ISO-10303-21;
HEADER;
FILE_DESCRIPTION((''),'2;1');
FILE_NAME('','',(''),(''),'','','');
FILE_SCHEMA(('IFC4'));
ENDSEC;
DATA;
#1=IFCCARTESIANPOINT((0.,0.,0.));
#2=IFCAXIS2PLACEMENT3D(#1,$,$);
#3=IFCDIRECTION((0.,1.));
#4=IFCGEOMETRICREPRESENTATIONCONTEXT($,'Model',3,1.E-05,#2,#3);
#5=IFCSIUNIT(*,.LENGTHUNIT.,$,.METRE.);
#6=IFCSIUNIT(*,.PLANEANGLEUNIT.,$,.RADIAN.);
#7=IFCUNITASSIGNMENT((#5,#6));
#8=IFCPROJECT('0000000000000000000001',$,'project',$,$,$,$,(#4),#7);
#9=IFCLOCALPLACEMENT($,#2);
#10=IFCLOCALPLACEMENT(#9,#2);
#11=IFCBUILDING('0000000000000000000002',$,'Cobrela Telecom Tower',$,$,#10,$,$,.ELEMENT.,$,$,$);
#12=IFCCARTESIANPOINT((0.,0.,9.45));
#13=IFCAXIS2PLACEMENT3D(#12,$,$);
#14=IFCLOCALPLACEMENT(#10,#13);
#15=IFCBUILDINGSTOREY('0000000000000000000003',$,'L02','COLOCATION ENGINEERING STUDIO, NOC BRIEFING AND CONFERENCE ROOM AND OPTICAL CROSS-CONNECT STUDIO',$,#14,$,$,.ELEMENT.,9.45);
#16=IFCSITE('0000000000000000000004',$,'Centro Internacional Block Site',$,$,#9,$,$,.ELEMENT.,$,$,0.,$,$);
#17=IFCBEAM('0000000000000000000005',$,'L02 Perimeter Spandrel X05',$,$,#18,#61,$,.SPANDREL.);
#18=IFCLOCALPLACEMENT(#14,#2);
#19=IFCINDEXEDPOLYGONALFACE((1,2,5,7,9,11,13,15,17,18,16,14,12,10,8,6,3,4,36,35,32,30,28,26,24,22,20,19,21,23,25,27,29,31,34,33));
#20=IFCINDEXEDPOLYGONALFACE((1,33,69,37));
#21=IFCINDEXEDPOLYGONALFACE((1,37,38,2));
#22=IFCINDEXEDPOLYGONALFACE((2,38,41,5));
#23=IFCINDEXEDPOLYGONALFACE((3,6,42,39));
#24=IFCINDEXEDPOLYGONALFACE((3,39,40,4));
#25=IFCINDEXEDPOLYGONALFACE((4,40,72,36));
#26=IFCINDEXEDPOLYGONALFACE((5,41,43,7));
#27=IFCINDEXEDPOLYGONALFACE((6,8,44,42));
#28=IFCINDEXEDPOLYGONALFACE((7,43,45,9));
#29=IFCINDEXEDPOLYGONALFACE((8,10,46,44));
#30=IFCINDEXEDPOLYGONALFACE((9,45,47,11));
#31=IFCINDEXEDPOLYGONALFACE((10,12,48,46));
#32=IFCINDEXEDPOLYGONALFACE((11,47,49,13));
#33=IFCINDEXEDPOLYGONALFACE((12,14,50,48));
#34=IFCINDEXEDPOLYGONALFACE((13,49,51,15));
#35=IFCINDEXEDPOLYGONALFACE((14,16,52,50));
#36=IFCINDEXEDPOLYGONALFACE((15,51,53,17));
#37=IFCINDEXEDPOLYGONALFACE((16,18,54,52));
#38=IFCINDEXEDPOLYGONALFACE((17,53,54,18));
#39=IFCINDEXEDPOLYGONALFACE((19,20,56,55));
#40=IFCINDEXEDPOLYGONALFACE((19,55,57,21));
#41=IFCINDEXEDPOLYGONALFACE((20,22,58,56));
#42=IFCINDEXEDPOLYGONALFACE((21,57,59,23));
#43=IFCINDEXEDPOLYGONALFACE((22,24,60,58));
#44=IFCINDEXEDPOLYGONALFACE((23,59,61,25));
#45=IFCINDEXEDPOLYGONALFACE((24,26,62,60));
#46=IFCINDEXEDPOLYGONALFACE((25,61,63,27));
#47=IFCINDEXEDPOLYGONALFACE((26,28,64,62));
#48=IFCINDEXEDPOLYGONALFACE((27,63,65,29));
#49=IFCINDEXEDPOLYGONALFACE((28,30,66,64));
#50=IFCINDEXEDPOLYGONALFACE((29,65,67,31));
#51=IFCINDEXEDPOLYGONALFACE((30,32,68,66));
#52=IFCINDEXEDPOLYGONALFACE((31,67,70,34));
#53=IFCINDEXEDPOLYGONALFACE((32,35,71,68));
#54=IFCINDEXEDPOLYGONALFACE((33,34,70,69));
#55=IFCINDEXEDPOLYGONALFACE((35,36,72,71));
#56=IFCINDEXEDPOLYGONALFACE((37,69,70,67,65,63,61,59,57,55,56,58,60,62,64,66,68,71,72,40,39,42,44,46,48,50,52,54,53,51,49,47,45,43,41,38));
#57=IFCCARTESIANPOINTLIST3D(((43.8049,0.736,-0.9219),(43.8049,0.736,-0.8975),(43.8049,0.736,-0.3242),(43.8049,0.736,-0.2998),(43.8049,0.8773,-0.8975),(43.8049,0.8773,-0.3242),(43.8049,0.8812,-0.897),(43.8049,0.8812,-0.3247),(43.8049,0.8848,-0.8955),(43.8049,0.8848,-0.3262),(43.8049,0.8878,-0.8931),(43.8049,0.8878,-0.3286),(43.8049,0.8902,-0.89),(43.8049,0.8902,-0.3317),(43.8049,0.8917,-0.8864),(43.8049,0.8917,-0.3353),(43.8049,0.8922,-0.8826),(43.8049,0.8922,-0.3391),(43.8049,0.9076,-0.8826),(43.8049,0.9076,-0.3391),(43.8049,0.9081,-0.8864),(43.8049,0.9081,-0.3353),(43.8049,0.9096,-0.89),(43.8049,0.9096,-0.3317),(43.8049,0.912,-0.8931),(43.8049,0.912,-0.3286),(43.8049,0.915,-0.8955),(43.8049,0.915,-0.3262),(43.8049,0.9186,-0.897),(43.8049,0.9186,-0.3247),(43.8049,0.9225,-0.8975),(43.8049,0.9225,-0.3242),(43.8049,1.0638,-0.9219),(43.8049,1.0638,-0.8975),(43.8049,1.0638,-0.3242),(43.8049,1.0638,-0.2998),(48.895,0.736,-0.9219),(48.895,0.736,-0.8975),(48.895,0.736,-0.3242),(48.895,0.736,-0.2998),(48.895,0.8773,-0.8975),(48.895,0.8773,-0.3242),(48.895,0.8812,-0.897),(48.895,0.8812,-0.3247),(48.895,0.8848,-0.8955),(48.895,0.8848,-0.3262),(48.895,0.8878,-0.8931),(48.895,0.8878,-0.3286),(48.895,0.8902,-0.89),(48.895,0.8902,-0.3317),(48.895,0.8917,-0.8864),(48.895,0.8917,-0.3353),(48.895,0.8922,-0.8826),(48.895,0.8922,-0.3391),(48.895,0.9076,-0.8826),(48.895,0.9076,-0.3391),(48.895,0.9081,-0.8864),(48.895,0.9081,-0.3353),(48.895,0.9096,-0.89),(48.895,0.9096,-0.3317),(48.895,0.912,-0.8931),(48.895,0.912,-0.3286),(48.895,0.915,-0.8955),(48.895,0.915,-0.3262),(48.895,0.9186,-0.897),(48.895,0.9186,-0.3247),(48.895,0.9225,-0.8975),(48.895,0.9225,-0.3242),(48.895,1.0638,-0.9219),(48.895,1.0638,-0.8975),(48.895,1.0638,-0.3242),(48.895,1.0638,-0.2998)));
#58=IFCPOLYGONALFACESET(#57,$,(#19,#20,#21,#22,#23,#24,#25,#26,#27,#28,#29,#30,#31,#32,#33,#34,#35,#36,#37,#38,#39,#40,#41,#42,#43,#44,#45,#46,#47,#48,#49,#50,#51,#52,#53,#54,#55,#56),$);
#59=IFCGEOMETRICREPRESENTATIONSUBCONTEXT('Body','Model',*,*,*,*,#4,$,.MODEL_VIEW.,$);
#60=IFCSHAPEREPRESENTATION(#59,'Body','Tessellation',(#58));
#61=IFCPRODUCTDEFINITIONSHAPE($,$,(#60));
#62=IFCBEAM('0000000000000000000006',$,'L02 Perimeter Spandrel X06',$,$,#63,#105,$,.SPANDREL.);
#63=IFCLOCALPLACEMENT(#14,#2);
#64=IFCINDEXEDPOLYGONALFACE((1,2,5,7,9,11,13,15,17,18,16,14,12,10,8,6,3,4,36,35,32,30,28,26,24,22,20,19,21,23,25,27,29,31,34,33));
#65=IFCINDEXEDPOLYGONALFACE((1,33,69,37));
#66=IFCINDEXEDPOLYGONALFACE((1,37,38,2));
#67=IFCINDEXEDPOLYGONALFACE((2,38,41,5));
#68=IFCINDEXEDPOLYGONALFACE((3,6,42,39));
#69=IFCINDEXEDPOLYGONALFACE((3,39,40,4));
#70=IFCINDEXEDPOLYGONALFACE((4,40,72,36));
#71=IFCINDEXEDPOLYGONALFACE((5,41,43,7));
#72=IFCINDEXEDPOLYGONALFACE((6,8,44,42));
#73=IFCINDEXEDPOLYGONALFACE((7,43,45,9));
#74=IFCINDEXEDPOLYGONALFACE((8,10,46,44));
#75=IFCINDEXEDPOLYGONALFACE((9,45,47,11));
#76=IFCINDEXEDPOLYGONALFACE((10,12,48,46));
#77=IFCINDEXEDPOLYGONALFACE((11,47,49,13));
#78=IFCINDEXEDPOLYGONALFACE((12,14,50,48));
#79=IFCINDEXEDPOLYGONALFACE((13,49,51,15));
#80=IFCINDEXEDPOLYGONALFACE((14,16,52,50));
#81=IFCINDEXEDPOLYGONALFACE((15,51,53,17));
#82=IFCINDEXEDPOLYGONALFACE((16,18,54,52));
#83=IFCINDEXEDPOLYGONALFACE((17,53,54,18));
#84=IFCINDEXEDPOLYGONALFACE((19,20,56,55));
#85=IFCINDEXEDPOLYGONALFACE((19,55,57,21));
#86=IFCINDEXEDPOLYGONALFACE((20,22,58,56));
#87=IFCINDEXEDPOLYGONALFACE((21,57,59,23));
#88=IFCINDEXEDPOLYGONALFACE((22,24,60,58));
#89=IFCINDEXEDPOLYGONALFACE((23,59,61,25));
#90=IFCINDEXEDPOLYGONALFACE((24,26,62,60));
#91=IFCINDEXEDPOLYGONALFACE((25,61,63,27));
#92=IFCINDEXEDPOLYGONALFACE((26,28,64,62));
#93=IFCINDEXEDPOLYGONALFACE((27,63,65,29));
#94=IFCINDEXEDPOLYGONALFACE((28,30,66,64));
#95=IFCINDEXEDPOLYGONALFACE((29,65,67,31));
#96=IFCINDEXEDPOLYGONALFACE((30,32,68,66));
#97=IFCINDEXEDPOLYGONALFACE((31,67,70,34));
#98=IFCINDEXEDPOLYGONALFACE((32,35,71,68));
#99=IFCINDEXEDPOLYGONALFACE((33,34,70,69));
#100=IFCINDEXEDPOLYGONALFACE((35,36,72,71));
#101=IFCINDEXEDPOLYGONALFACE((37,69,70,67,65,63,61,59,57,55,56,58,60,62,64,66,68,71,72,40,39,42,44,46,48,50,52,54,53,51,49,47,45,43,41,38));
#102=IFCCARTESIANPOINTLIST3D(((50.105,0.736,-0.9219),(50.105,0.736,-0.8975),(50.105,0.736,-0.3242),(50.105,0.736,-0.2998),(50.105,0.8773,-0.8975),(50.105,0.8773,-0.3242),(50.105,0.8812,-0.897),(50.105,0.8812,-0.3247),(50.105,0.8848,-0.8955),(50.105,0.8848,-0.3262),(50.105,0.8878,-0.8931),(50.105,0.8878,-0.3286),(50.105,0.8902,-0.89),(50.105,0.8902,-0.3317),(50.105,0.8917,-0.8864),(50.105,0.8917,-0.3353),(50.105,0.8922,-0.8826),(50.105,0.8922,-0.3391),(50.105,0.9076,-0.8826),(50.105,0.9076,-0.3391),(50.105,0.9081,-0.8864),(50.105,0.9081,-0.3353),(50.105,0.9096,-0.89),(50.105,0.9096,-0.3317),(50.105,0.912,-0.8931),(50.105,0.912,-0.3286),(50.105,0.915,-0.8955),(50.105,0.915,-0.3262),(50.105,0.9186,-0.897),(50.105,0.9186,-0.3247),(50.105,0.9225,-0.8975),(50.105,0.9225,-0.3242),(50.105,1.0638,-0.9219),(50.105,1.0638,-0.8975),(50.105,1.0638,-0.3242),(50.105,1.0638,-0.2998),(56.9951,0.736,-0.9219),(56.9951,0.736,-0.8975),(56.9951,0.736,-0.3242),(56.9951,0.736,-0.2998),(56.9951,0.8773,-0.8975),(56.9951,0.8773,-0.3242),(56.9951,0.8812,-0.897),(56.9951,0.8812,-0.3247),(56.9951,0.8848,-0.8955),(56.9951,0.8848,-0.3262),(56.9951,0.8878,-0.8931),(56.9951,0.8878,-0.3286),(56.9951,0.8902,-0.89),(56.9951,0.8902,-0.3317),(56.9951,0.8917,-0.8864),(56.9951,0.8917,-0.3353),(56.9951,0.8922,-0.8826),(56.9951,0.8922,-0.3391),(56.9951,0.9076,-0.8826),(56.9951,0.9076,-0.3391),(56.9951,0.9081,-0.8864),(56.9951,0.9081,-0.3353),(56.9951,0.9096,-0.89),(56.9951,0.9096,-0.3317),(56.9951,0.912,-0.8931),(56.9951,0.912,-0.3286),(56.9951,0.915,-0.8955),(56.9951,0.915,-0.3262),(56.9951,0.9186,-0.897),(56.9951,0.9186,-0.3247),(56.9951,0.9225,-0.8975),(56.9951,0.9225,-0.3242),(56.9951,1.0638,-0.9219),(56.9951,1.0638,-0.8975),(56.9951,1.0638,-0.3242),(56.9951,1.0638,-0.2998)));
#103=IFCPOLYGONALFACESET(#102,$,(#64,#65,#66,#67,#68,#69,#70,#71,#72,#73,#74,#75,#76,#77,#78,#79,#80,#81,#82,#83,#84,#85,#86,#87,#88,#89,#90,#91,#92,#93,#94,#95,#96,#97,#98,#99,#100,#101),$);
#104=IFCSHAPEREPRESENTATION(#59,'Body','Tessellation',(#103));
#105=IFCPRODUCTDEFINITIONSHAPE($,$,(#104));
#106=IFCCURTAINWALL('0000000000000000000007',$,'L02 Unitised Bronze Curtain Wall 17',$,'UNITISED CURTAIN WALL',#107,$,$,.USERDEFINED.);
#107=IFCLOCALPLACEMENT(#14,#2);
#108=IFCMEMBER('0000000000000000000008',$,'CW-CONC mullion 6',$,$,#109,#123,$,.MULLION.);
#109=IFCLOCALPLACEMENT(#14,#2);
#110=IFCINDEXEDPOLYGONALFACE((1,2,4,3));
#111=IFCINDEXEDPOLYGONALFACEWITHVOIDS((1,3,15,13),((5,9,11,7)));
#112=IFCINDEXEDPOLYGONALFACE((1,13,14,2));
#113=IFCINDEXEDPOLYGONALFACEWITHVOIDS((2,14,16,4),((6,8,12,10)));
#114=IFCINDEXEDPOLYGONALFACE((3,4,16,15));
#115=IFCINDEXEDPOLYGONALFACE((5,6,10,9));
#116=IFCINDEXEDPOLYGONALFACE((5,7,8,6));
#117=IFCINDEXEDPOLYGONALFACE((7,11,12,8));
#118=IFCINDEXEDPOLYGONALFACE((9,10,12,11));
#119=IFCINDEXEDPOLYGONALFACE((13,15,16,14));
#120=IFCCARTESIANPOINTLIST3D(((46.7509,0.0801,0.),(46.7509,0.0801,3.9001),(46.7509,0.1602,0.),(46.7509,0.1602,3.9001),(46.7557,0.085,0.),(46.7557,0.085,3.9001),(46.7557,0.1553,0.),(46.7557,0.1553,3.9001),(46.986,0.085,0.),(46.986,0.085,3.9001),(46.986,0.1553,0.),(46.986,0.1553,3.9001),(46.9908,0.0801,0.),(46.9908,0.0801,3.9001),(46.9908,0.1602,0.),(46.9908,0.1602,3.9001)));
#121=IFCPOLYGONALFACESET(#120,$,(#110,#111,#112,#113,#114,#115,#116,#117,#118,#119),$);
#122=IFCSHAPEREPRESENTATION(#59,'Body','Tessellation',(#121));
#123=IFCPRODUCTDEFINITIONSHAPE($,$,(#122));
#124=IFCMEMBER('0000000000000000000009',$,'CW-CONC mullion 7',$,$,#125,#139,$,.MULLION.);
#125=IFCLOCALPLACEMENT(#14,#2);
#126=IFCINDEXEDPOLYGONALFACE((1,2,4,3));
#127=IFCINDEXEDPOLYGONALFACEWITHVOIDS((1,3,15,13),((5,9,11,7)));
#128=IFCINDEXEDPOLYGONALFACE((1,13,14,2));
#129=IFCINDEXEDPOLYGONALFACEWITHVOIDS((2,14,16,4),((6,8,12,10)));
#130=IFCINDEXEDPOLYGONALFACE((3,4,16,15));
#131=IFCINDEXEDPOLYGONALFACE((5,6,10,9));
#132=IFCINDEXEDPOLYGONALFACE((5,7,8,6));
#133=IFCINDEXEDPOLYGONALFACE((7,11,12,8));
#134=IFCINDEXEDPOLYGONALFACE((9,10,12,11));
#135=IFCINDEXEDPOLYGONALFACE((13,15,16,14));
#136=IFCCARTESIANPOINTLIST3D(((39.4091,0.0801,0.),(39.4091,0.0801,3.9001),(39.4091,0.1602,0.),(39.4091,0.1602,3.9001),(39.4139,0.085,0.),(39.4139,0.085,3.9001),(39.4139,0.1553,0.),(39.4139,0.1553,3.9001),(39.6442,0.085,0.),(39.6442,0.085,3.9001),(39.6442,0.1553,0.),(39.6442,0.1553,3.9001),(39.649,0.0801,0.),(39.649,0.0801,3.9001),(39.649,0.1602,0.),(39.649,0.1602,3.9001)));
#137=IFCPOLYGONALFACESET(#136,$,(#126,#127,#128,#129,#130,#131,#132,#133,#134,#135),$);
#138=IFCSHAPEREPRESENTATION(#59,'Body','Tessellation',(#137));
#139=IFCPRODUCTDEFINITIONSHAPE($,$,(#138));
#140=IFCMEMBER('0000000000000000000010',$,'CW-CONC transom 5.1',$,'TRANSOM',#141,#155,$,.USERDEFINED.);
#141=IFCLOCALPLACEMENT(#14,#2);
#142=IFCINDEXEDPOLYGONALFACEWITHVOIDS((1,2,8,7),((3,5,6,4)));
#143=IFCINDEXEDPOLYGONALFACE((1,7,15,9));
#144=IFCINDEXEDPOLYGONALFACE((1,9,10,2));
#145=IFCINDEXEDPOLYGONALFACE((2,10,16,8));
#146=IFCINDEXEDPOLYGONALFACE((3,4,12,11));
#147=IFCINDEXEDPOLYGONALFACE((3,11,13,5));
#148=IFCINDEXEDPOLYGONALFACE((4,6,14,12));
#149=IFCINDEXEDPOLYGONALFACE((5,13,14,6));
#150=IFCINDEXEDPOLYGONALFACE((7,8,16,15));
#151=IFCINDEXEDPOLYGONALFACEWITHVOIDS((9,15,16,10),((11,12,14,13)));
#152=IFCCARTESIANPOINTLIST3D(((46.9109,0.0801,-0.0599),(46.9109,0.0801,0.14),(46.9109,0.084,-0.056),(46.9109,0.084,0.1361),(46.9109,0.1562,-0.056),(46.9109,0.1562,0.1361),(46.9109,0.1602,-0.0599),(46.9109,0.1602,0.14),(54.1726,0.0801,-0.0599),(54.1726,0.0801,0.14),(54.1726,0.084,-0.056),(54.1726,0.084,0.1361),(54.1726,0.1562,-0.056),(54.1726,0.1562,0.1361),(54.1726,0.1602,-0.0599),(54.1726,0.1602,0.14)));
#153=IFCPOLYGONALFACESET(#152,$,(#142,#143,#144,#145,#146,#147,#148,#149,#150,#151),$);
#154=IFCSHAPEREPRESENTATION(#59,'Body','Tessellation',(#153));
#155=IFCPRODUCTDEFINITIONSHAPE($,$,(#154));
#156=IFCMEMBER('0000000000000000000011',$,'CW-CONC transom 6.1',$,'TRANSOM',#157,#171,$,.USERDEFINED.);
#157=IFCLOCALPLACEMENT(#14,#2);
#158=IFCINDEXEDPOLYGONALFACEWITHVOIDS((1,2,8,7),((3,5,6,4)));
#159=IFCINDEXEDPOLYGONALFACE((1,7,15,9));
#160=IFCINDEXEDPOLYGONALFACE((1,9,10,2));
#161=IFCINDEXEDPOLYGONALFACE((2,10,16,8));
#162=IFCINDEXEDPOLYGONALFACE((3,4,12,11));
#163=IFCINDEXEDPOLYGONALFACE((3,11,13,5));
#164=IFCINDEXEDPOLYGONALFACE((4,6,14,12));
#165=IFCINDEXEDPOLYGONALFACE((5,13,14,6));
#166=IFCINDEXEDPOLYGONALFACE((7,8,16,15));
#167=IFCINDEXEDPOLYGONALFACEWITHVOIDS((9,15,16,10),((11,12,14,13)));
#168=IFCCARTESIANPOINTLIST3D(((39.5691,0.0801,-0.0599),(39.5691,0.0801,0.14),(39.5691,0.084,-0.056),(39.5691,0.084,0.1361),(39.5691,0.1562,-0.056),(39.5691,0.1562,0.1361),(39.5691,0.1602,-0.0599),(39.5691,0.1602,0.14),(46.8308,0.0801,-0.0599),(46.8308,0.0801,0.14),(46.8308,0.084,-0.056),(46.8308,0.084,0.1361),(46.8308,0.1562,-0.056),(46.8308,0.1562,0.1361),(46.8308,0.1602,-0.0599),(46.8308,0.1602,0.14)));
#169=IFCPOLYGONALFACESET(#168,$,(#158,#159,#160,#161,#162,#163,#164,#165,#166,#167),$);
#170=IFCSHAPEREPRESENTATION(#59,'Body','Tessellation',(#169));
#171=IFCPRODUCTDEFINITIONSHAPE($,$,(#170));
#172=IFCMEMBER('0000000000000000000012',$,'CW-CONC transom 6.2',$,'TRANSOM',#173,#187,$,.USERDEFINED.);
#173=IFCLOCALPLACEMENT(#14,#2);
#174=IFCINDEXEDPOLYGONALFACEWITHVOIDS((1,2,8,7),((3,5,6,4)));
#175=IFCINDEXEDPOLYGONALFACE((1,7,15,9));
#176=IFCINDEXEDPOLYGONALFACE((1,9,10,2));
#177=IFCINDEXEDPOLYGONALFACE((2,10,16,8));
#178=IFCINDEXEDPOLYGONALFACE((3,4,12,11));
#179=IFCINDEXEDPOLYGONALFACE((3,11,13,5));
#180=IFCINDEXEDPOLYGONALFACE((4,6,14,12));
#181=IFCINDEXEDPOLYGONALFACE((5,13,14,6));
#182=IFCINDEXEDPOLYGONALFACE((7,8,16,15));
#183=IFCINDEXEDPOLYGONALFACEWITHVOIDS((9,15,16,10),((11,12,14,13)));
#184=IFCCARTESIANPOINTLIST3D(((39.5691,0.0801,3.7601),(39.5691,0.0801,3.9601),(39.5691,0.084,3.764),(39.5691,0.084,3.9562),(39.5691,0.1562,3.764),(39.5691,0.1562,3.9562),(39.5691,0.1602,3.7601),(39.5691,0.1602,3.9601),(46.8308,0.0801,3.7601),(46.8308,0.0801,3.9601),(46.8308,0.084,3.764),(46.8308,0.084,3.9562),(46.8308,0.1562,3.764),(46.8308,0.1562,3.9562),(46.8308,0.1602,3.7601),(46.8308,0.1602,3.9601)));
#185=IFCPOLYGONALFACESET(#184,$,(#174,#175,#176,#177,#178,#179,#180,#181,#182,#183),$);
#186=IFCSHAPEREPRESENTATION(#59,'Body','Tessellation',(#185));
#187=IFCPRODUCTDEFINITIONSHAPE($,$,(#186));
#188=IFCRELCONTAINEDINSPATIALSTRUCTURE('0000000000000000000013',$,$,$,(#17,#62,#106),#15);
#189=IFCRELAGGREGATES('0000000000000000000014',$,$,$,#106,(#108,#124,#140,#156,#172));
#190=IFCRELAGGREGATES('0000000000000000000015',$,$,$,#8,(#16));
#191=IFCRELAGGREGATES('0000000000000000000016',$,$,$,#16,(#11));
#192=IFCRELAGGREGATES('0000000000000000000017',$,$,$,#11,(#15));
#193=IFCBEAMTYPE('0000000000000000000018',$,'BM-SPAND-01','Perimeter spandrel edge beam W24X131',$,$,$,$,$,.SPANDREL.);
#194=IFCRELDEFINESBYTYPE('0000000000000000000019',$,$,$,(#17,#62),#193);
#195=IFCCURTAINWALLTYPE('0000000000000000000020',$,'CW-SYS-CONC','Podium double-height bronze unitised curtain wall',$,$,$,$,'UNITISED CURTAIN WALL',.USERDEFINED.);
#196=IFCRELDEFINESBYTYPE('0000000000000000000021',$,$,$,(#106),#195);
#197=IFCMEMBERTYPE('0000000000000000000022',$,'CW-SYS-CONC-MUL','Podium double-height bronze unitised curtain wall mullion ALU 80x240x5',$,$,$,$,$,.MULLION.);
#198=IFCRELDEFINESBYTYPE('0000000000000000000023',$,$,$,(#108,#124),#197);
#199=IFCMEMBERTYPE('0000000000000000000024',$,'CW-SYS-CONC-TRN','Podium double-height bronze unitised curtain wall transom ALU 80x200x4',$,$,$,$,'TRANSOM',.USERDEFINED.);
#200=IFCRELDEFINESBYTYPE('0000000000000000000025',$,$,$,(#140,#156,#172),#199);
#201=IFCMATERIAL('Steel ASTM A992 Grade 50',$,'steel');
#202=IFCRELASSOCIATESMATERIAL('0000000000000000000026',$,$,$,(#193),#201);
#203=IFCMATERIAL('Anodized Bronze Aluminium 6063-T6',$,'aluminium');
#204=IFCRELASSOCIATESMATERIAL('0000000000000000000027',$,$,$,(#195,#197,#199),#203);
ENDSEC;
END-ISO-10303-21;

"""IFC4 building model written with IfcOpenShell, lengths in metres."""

from ifc_helpers import new_model, si_unit, direction, frame, origin, origin_2d, place, context, subcontext, project, spatial, hollow_rectangle, i_section, extrude, material, material_profile, profile_set, type_object, element, aggregate, save


model = new_model("IFC4")

# Units and contexts
model_context = context("Model", 3, precision=1e-05, world=origin(), true_north=direction((0.0, 1.0)))
body_context = subcontext(model_context, "Body", "Model", "MODEL_VIEW")
ifc_project = project(units=[si_unit("LENGTHUNIT", "METRE"), si_unit("PLANEANGLEUNIT", "RADIAN")], contexts=[model_context])

# Site, building, storey
site_placement = place(None, origin())
site = spatial("IfcSite", under=ifc_project, at=site_placement, Name="Centro Internacional Block Site", CompositionType="ELEMENT", RefElevation=0.0)
building_placement = place(site_placement, origin())
building = spatial("IfcBuilding", under=site, at=building_placement, Name="Cobrela Telecom Tower", CompositionType="ELEMENT")
storey_placement = place(building_placement, frame((0.0, 0.0, 9.45)))
storey = spatial("IfcBuildingStorey", under=building, at=storey_placement, Name="L02", Description="COLOCATION ENGINEERING STUDIO, NOC BRIEFING AND CONFERENCE ROOM AND OPTICAL CROSS-CONNECT STUDIO", CompositionType="ELEMENT", Elevation=9.45)

# Beams
ifc_material_1 = material(Name="Steel ASTM A992 Grade 50", Category="steel")
ifc_material_profile_1 = material_profile(ifc_material_1, i_section(OverallWidth=0.3279, OverallDepth=0.6221, WebThickness=0.0154, FlangeThickness=0.0244, FilletRadius=0.0149, at=origin_2d()), Name="W24X131")
ifc_profile_set_1 = profile_set([ifc_material_profile_1], Name="Steel ASTM A992 Grade 50")
beam_type_1 = type_object("IfcBeamType", Name="BM-SPAND-01", Description="Perimeter spandrel edge beam W24X131", PredefinedType="SPANDREL", material=ifc_profile_set_1)
beam_1_placement = place(storey_placement, frame((43.8049, 0.8999, -0.6108), z_axis=(1.0, 0.0, 0.0), x_axis=(0.0, 1.0, 0.0)))
element("IfcBeam", 1, at=beam_1_placement, inside=storey, type_object=beam_type_1, Name="L02 Perimeter Spandrel X05", PredefinedType="SPANDREL", context=body_context, shape_type="SweptSolid", body=[
    extrude(i_section(OverallWidth=0.3279, OverallDepth=0.6221, WebThickness=0.0154, FlangeThickness=0.0244, FilletRadius=0.0149, at=origin_2d()), origin(), (0.0, 0.0, 1.0), 5.0901),
])
beam_2_placement = place(storey_placement, frame((50.105, 0.8999, -0.6108), z_axis=(1.0, 0.0, 0.0), x_axis=(0.0, 1.0, 0.0)))
element("IfcBeam", 2, at=beam_2_placement, inside=storey, type_object=beam_type_1, Name="L02 Perimeter Spandrel X06", PredefinedType="SPANDREL", context=body_context, shape_type="SweptSolid", body=[
    extrude(i_section(OverallWidth=0.3279, OverallDepth=0.6221, WebThickness=0.0154, FlangeThickness=0.0244, FilletRadius=0.0149, at=origin_2d()), origin(), (0.0, 0.0, 1.0), 6.8901),
])

# Curtain wall, members
ifc_material_2 = material(Name="Anodized Bronze Aluminium 6063-T6", Category="aluminium")
curtain_wall_type = type_object("IfcCurtainWallType", Name="CW-SYS-CONC", Description="Podium double-height bronze unitised curtain wall", ElementType="UNITISED CURTAIN WALL", PredefinedType="USERDEFINED", material=ifc_material_2)
curtain_wall_placement = place(storey_placement, origin())
curtain_wall = element("IfcCurtainWall", 3, at=curtain_wall_placement, inside=storey, type_object=curtain_wall_type, Name="L02 Unitised Bronze Curtain Wall 17", ObjectType="UNITISED CURTAIN WALL", PredefinedType="USERDEFINED")
ifc_material_profile_2 = material_profile(ifc_material_2, hollow_rectangle(XDim=0.0801, YDim=0.24, WallThickness=0.0049, at=origin_2d()), Name="ALU 80x240x5")
ifc_profile_set_2 = profile_set([ifc_material_profile_2], Name="Anodized Bronze Aluminium 6063-T6")
member_type_1 = type_object("IfcMemberType", Name="CW-SYS-CONC-MUL", Description="Podium double-height bronze unitised curtain wall mullion ALU 80x240x5", PredefinedType="MULLION", material=ifc_profile_set_2)
member_1_placement = place(storey_placement, frame((46.8708, 0.1201, 0.0), z_axis=(0.0, 0.0, 1.0), x_axis=(0.0, -1.0, 0.0)))
member_1 = element("IfcMember", 4, at=member_1_placement, type_object=member_type_1, Name="CW-CONC mullion 6", PredefinedType="MULLION", context=body_context, shape_type="SweptSolid", body=[
    extrude(hollow_rectangle(XDim=0.0801, YDim=0.24, WallThickness=0.0049, at=origin_2d()), origin(), (0.0, 0.0, 1.0), 3.9001),
])
member_2_placement = place(storey_placement, frame((39.5291, 0.1201, 0.0), z_axis=(0.0, 0.0, 1.0), x_axis=(0.0, -1.0, 0.0)))
member_2 = element("IfcMember", 5, at=member_2_placement, type_object=member_type_1, Name="CW-CONC mullion 7", PredefinedType="MULLION", context=body_context, shape_type="SweptSolid", body=[
    extrude(hollow_rectangle(XDim=0.0801, YDim=0.24, WallThickness=0.0049, at=origin_2d()), origin(), (0.0, 0.0, 1.0), 3.9001),
])
ifc_material_profile_3 = material_profile(ifc_material_2, hollow_rectangle(XDim=0.0801, YDim=0.2, WallThickness=0.0039, at=origin_2d()), Name="ALU 80x200x4")
ifc_profile_set_3 = profile_set([ifc_material_profile_3], Name="Anodized Bronze Aluminium 6063-T6")
member_type_2 = type_object("IfcMemberType", Name="CW-SYS-CONC-TRN", Description="Podium double-height bronze unitised curtain wall transom ALU 80x200x4", ElementType="TRANSOM", PredefinedType="USERDEFINED", material=ifc_profile_set_3)
member_3_placement = place(storey_placement, frame((54.1726, 0.1201, 0.04), z_axis=(-1.0, 0.0, 0.0), x_axis=(0.0, -1.0, 0.0)))
member_3 = element("IfcMember", 6, at=member_3_placement, type_object=member_type_2, Name="CW-CONC transom 5.1", ObjectType="TRANSOM", PredefinedType="USERDEFINED", context=body_context, shape_type="SweptSolid", body=[
    extrude(hollow_rectangle(XDim=0.0801, YDim=0.2, WallThickness=0.0039, at=origin_2d()), origin(), (0.0, 0.0, 1.0), 7.2617),
])
member_4_placement = place(storey_placement, frame((46.8308, 0.1201, 0.04), z_axis=(-1.0, 0.0, 0.0), x_axis=(0.0, -1.0, 0.0)))
member_4 = element("IfcMember", 7, at=member_4_placement, type_object=member_type_2, Name="CW-CONC transom 6.1", ObjectType="TRANSOM", PredefinedType="USERDEFINED", context=body_context, shape_type="SweptSolid", body=[
    extrude(hollow_rectangle(XDim=0.0801, YDim=0.2, WallThickness=0.0039, at=origin_2d()), origin(), (0.0, 0.0, 1.0), 7.2617),
])
member_5_placement = place(storey_placement, frame((46.8308, 0.1201, 3.8601), z_axis=(-1.0, 0.0, 0.0), x_axis=(0.0, -1.0, 0.0)))
member_5 = element("IfcMember", 8, at=member_5_placement, type_object=member_type_2, Name="CW-CONC transom 6.2", ObjectType="TRANSOM", PredefinedType="USERDEFINED", context=body_context, shape_type="SweptSolid", body=[
    extrude(hollow_rectangle(XDim=0.0801, YDim=0.2, WallThickness=0.0039, at=origin_2d()), origin(), (0.0, 0.0, 1.0), 7.2617),
])
aggregate(curtain_wall, [member_1, member_2, member_3, member_4, member_5])

save(model, "model.ifc")
